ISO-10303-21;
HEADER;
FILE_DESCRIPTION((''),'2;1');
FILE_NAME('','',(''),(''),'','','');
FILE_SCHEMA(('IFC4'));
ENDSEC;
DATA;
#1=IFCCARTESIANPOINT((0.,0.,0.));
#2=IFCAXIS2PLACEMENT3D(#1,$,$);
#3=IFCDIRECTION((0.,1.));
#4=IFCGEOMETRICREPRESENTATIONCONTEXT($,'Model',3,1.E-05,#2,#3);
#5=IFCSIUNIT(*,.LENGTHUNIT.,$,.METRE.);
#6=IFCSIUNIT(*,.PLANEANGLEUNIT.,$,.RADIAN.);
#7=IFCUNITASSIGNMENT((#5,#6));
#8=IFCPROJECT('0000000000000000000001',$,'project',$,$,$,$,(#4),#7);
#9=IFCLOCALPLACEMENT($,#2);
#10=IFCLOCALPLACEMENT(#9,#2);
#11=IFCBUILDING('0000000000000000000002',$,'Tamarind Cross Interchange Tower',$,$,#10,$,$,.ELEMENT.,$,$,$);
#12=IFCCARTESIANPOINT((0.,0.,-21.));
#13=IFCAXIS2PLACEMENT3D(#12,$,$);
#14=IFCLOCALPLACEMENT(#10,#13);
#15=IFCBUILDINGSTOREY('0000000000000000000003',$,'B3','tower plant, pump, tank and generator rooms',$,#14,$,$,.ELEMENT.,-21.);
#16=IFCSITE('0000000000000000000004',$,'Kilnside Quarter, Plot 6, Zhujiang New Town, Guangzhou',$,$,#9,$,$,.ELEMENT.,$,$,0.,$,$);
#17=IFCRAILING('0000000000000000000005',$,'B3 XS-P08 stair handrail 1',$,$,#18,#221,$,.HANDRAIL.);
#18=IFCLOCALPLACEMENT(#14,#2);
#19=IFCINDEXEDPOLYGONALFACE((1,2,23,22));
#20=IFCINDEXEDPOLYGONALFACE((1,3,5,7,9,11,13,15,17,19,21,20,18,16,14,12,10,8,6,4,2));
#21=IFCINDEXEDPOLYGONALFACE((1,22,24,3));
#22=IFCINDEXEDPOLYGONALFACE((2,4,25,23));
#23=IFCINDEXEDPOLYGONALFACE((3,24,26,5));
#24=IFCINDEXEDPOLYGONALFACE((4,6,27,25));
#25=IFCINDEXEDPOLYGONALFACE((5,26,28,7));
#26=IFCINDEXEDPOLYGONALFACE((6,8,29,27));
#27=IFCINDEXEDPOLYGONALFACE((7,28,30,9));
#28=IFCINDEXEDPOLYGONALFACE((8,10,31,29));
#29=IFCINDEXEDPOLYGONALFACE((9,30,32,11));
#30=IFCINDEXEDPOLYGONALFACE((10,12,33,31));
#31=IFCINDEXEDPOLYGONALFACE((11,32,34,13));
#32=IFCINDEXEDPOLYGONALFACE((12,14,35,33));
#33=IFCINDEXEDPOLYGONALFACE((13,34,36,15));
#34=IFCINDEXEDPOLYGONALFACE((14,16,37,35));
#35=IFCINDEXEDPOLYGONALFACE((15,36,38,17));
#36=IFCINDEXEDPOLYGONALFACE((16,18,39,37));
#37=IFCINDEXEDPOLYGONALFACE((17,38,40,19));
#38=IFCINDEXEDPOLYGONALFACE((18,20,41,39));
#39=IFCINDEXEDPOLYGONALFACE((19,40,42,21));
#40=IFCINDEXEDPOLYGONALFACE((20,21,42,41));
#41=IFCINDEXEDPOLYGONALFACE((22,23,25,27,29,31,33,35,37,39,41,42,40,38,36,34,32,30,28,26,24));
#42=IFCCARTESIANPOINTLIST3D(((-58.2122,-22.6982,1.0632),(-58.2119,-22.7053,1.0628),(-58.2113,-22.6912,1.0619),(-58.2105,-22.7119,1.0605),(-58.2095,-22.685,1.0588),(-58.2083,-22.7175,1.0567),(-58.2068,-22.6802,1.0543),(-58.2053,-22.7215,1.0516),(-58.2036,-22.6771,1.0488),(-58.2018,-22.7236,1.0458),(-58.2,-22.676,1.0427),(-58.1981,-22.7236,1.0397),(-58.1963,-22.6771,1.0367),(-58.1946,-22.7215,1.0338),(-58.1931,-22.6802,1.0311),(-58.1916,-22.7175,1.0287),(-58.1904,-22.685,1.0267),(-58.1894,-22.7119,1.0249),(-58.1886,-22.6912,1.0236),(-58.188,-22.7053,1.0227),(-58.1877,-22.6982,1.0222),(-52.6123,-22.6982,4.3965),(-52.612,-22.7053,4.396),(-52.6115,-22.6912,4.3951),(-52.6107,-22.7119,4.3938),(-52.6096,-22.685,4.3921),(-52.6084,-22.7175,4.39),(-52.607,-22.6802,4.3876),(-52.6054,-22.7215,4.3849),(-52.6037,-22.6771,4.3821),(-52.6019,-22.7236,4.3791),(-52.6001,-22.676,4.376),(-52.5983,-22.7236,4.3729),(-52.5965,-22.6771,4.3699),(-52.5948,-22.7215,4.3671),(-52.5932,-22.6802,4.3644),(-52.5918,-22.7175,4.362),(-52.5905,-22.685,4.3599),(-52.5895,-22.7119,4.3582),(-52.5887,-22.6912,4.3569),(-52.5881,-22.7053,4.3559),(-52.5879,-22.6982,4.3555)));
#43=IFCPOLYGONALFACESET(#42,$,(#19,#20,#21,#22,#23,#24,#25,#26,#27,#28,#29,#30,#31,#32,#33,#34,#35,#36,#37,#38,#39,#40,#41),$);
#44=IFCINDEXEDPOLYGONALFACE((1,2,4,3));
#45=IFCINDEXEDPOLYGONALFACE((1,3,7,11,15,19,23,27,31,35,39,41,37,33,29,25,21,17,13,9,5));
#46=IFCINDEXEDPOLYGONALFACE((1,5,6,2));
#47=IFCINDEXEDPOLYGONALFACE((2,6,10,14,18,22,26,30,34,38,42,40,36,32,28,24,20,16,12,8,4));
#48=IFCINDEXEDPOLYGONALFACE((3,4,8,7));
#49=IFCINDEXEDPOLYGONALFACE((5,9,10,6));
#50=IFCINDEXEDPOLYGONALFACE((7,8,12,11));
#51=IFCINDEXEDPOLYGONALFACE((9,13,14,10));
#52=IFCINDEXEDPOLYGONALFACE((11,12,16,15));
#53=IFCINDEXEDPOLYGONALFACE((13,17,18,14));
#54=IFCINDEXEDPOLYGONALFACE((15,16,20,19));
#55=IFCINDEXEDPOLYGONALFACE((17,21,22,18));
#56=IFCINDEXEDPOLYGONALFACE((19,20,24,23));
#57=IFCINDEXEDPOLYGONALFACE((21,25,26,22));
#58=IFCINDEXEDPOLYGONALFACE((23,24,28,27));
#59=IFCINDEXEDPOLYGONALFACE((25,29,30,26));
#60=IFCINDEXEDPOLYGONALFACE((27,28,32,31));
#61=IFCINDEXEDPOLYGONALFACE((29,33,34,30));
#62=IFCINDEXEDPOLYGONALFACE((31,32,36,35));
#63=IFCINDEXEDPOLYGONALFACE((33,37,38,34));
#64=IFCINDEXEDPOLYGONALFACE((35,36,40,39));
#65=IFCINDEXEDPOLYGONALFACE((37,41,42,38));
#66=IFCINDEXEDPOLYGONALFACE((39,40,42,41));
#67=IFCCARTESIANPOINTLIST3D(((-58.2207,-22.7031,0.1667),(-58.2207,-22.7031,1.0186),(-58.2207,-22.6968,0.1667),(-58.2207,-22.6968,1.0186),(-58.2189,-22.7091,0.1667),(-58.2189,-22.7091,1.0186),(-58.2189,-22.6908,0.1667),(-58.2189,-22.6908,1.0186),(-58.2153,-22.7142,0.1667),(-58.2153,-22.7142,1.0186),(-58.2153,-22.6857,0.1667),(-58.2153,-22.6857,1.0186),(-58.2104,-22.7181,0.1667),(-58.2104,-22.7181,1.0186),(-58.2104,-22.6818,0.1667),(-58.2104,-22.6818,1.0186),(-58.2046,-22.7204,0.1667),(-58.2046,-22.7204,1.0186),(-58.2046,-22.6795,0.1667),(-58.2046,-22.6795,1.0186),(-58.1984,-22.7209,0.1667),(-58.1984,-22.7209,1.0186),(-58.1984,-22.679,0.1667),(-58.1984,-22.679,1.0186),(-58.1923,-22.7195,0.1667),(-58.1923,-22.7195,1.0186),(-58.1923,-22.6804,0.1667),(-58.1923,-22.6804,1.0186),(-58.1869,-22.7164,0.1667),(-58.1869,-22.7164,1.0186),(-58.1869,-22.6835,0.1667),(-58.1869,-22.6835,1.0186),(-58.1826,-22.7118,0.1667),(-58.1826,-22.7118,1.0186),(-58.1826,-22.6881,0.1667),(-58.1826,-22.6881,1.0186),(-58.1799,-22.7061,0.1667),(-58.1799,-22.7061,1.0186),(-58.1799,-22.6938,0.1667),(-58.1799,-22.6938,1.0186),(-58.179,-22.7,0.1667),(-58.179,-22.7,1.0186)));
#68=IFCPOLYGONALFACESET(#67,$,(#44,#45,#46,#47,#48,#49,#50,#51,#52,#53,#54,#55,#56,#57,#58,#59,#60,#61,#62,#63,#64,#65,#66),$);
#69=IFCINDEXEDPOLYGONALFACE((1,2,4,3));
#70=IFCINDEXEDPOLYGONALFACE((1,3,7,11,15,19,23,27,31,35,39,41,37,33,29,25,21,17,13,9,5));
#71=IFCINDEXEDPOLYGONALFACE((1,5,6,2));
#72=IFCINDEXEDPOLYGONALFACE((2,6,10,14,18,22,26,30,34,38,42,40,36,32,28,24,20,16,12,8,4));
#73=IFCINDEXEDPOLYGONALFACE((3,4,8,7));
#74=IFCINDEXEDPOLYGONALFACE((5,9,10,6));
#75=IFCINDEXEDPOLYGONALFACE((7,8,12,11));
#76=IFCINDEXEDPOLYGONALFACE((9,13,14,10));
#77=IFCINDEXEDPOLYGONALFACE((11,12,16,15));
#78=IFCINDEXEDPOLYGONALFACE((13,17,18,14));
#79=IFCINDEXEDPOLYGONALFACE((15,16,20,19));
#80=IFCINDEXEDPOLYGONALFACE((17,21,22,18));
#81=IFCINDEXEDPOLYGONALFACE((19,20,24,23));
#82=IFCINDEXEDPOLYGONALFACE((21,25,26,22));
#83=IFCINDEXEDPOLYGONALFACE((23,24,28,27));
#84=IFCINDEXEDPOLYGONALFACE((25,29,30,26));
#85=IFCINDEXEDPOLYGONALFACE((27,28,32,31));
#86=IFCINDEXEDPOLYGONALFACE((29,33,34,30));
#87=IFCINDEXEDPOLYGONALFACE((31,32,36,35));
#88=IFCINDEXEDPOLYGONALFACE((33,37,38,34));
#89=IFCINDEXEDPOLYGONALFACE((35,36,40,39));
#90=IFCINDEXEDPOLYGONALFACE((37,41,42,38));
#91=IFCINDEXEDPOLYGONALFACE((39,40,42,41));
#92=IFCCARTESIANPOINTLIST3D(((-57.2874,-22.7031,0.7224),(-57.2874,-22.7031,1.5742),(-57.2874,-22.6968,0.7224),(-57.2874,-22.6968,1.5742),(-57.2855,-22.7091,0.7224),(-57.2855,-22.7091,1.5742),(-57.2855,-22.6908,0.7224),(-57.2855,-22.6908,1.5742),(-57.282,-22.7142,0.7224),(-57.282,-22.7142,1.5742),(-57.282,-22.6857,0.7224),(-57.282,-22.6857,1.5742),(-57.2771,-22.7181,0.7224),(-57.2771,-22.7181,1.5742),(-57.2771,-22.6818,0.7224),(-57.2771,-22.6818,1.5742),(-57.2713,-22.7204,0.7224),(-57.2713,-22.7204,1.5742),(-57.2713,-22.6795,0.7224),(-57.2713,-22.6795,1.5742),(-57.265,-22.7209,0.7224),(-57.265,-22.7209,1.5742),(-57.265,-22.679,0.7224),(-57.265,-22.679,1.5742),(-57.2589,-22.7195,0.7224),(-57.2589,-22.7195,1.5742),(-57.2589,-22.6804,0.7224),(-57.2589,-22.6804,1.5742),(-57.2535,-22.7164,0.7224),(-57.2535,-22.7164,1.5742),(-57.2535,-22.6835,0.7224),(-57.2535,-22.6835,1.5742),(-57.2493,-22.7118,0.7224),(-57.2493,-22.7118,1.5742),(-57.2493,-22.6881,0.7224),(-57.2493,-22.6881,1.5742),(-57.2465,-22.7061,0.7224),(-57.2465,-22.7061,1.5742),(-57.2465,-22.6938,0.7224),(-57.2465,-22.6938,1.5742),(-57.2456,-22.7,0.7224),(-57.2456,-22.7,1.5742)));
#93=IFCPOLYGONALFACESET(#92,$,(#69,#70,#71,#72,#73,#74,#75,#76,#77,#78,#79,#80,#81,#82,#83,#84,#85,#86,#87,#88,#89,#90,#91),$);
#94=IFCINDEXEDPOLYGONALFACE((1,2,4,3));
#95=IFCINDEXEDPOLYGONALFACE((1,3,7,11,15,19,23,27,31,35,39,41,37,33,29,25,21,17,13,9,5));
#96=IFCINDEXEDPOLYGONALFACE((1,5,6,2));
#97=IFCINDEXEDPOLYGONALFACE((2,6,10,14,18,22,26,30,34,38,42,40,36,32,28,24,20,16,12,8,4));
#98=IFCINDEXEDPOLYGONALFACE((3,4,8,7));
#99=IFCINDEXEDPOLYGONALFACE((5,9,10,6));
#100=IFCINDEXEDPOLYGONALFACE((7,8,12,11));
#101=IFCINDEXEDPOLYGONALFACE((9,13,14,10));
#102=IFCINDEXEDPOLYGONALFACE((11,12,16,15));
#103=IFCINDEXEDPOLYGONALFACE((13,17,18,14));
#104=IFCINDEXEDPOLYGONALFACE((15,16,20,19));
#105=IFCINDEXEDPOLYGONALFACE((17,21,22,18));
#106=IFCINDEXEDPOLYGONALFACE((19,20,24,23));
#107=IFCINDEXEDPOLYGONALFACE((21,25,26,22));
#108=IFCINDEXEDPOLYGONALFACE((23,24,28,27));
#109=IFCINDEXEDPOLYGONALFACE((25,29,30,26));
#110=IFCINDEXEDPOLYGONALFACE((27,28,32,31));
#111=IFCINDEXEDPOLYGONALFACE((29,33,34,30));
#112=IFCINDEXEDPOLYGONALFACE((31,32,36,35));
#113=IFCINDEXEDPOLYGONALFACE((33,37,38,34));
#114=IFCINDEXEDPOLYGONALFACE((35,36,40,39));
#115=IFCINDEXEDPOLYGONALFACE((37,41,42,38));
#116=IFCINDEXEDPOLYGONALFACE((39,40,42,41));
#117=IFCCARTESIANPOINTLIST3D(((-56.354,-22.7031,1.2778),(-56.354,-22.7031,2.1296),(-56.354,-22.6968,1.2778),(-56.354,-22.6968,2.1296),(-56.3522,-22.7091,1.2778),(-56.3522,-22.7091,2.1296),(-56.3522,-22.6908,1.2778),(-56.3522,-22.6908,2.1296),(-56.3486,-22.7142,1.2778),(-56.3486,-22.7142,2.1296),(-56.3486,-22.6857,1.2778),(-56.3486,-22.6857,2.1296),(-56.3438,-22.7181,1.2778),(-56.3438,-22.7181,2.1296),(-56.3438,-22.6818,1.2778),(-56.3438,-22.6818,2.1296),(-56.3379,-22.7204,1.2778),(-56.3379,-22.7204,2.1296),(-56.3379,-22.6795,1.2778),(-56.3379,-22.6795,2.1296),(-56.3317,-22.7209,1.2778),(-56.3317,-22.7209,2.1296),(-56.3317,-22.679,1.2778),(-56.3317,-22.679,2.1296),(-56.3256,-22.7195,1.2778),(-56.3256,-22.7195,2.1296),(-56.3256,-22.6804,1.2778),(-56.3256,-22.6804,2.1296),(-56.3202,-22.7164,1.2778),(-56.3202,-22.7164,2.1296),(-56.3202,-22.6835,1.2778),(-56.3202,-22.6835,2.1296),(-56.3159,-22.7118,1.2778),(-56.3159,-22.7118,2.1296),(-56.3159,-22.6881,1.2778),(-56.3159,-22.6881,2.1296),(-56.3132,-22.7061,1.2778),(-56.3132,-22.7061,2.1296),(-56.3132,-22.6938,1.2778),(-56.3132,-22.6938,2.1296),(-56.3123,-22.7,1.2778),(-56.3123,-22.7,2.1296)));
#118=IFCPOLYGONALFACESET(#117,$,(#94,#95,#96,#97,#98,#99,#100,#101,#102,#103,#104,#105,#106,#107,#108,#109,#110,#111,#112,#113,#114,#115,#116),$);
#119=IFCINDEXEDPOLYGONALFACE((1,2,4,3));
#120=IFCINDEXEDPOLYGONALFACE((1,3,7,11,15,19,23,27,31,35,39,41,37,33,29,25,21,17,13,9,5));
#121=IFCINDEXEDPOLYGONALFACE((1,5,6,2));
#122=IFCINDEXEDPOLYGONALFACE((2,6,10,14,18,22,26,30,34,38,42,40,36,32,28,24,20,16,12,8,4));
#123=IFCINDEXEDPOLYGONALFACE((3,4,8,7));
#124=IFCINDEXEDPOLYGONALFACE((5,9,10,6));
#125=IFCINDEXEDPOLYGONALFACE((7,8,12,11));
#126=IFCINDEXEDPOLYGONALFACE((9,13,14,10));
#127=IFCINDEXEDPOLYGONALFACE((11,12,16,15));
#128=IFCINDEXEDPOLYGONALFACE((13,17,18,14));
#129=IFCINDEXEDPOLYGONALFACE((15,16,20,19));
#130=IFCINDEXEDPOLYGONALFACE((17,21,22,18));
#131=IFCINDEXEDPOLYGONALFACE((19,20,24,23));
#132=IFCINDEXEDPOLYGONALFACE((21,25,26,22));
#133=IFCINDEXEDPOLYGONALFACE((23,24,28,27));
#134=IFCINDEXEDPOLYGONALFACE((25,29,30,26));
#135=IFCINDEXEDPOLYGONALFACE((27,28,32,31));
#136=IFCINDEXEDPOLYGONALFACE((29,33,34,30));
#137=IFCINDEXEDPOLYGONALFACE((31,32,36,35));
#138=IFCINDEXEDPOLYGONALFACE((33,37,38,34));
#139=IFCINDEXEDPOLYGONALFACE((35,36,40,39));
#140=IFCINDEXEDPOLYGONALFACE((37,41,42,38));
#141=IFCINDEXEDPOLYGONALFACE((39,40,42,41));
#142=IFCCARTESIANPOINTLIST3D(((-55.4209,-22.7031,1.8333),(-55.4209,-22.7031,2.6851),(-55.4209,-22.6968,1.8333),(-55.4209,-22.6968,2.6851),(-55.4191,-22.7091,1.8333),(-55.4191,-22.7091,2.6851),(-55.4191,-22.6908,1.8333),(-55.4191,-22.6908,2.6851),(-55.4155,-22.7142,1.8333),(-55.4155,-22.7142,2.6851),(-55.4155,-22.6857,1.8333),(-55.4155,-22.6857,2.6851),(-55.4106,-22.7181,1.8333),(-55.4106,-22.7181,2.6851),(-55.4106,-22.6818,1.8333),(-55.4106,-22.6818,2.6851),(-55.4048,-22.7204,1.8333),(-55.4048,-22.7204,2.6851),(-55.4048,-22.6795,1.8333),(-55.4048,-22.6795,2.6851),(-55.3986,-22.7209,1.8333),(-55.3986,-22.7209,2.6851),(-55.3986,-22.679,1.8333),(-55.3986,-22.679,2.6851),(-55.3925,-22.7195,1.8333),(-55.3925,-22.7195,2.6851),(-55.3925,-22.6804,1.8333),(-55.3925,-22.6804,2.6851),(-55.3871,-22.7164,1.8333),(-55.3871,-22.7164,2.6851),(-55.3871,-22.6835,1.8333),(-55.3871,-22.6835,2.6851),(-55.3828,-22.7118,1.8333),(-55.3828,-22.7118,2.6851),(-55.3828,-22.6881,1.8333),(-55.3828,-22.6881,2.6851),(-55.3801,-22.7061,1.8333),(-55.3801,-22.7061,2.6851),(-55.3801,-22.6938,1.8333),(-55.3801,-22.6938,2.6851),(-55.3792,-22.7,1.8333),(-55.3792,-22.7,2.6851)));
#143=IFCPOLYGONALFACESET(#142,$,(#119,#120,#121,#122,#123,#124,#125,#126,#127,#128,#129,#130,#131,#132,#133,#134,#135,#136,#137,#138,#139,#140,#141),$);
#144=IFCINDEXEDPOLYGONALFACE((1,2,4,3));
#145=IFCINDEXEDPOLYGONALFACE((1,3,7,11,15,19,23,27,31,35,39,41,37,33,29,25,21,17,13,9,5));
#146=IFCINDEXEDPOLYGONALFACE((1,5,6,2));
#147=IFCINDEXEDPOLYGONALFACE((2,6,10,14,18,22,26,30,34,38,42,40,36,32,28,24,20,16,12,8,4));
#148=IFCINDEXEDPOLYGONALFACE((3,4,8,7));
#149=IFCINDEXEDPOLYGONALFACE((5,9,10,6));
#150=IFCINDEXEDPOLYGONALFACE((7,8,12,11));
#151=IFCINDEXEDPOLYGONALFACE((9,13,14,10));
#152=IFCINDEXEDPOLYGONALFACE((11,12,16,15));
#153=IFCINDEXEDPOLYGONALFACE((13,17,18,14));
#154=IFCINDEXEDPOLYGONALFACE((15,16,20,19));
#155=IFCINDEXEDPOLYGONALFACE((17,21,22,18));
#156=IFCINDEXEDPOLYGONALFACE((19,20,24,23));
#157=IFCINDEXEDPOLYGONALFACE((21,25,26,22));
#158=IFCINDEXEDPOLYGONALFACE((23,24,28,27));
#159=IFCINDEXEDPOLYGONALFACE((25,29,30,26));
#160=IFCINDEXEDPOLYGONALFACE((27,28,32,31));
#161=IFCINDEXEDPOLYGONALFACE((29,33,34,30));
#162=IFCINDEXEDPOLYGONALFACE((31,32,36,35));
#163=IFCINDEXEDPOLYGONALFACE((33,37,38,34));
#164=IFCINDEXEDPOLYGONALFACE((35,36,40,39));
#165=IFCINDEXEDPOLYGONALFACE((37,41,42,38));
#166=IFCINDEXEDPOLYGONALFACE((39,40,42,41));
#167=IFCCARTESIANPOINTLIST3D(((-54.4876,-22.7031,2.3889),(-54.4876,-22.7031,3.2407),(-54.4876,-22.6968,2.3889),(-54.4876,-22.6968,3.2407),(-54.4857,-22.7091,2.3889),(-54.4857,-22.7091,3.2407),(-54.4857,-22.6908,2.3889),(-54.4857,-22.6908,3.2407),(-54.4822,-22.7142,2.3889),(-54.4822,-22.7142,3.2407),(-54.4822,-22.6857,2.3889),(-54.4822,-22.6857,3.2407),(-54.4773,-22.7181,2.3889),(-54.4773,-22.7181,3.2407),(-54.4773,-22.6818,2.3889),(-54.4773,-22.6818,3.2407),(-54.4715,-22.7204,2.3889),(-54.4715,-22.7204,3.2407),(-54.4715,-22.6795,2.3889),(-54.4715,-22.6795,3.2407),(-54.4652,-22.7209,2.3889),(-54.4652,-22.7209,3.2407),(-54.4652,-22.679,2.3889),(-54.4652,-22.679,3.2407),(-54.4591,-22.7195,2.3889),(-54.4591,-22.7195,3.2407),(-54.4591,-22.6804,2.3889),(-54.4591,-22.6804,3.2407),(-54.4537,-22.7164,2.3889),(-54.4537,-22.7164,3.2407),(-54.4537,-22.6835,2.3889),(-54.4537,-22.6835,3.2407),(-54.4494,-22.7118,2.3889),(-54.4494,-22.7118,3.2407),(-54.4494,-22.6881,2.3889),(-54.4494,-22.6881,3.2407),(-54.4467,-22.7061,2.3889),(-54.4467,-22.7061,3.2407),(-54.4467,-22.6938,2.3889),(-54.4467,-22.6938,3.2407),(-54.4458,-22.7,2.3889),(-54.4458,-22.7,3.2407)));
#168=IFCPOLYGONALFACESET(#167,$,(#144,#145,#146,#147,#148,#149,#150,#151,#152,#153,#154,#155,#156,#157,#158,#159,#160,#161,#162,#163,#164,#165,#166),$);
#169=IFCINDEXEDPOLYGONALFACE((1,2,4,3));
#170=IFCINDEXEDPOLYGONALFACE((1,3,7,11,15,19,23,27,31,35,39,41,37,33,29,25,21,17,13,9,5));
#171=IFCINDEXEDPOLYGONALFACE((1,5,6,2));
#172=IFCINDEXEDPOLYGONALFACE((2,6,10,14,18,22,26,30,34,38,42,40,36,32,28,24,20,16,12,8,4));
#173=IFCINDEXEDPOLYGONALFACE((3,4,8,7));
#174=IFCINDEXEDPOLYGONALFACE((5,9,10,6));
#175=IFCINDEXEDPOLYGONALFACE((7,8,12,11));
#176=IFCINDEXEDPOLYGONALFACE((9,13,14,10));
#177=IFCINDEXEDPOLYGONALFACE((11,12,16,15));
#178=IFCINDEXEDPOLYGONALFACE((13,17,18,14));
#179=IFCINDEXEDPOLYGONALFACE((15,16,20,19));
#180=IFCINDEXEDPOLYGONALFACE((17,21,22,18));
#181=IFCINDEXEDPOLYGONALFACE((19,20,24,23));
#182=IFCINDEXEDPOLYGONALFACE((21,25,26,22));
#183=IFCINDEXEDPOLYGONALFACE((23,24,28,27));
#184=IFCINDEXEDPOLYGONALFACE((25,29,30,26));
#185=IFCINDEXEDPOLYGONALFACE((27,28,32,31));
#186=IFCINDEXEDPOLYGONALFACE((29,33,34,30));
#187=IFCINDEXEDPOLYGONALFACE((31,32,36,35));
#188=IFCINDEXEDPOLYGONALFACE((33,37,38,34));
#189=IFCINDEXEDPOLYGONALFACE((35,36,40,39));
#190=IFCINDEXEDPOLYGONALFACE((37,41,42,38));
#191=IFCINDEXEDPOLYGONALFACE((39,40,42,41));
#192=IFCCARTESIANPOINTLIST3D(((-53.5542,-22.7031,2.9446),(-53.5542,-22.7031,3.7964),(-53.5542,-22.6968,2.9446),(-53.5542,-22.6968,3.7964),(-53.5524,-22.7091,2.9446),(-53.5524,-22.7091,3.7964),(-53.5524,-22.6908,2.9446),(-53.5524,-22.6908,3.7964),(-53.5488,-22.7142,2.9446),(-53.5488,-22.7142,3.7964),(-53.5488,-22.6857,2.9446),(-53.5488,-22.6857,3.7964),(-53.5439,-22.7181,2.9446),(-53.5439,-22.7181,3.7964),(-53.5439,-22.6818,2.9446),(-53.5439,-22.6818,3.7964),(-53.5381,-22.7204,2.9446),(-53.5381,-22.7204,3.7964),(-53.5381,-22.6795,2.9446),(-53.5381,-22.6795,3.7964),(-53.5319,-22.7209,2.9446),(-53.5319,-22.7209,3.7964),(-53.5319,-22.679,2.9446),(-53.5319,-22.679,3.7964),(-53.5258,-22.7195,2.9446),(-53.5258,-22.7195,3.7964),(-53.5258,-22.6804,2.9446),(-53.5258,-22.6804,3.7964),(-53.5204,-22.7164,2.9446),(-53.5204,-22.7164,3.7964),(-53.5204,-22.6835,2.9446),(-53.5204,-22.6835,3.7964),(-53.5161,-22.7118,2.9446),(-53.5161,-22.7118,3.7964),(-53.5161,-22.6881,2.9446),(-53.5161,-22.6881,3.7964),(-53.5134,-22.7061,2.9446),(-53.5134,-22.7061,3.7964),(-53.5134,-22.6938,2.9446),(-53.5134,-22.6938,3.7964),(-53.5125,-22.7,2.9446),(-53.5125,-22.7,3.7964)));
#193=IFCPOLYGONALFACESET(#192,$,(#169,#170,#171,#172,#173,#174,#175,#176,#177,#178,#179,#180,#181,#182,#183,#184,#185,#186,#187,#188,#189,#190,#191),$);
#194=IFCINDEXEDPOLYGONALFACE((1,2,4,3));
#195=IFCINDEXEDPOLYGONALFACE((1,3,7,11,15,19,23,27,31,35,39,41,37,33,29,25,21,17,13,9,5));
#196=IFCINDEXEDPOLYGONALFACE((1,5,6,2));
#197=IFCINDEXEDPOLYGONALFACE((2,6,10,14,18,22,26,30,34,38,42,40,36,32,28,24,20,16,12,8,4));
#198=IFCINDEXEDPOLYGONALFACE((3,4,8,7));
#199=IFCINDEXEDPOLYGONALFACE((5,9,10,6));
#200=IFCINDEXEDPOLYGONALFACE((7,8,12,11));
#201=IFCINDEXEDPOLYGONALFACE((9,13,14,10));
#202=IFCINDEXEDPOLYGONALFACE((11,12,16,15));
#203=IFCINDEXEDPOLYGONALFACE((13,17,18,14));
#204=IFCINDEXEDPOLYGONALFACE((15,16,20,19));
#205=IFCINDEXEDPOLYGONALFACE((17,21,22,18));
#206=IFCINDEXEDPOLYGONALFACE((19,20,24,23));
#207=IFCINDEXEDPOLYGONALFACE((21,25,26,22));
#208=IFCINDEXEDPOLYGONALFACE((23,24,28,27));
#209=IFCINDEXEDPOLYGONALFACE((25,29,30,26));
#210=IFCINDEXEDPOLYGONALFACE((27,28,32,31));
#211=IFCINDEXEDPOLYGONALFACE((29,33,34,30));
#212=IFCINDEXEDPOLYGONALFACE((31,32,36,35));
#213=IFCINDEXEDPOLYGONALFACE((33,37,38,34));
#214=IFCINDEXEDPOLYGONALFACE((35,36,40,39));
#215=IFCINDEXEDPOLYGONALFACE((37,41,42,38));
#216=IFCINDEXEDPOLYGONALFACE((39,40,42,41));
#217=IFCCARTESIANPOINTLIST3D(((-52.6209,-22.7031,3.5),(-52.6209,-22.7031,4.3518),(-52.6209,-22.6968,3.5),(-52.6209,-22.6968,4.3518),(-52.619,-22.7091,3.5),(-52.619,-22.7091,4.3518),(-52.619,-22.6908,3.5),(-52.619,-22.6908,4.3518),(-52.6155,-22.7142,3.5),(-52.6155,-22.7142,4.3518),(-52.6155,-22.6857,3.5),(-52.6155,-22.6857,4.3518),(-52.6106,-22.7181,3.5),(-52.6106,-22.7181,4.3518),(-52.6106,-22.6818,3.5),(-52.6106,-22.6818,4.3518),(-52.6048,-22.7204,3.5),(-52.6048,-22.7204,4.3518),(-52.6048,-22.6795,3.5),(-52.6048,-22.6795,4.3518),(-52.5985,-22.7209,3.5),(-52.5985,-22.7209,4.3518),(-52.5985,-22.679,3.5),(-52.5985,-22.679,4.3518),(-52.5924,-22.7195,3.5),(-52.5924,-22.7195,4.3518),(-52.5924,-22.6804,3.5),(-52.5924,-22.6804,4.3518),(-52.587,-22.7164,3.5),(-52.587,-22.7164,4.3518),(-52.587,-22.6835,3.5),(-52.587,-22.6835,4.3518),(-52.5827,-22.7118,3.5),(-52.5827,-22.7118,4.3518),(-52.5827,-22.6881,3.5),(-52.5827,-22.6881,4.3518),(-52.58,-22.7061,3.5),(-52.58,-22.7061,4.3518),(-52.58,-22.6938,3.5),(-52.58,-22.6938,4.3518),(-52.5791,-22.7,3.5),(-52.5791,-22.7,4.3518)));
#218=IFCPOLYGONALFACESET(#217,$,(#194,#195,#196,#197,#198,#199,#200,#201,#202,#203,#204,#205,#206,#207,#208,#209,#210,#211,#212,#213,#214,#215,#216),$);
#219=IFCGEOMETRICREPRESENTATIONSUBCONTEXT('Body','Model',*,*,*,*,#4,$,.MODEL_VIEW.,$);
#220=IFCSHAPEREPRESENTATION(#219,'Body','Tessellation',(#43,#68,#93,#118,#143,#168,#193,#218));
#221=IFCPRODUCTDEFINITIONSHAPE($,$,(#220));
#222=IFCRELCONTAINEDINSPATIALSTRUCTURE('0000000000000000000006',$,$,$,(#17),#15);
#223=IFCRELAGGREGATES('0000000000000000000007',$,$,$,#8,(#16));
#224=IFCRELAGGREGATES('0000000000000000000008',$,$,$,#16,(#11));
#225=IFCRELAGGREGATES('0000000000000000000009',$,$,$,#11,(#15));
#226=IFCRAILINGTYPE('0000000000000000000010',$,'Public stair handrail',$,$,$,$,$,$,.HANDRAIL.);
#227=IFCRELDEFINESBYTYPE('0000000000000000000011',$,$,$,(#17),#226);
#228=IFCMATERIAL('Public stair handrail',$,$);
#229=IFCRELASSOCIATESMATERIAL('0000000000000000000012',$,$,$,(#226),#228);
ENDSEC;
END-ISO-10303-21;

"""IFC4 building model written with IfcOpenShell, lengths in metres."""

from ifc_helpers import new_model, si_unit, direction, frame, origin, origin_2d, place, context, subcontext, project, spatial, circle, extrude, material, type_object, element, save


model = new_model("IFC4")

# Units and contexts
model_context = context("Model", 3, precision=1e-05, world=origin(), true_north=direction((0.0, 1.0)))
body_context = subcontext(model_context, "Body", "Model", "MODEL_VIEW")
ifc_project = project(units=[si_unit("LENGTHUNIT", "METRE"), si_unit("PLANEANGLEUNIT", "RADIAN")], contexts=[model_context])

# Site, building, storey
site_placement = place(None, origin())
site = spatial("IfcSite", under=ifc_project, at=site_placement, Name="Kilnside Quarter, Plot 6, Zhujiang New Town, Guangzhou", CompositionType="ELEMENT", RefElevation=0.0)
building_placement = place(site_placement, origin())
building = spatial("IfcBuilding", under=site, at=building_placement, Name="Tamarind Cross Interchange Tower", CompositionType="ELEMENT")
storey_placement = place(building_placement, frame((0.0, 0.0, -21.0)))
storey = spatial("IfcBuildingStorey", under=building, at=storey_placement, Name="B3", Description="tower plant, pump, tank and generator rooms", CompositionType="ELEMENT", Elevation=-21.0)

# Railing
ifc_material_1 = material(Name="Public stair handrail")
railing_type_1 = type_object("IfcRailingType", Name="Public stair handrail", PredefinedType="HANDRAIL", material=ifc_material_1)
railing_1_placement = place(storey_placement, frame((-58.2, -22.7, 0.1667)))
element("IfcRailing", 1, at=railing_1_placement, inside=storey, type_object=railing_type_1, Name="B3 XS-P08 stair handrail 1", PredefinedType="HANDRAIL", context=body_context, shape_type="SweptSolid", body=[
    extrude(circle(Radius=0.0239, at=origin_2d()), frame((0.0, 0.0, 0.876), z_axis=(0.859292, 0.0, 0.511485), x_axis=(0.0, 1.0, 0.0)), (0.0, 0.0, 1.0), 6.5168),
    extrude(circle(Radius=0.021, at=origin_2d()), origin(), (0.0, 0.0, 1.0), 0.8518),
    extrude(circle(Radius=0.021, at=origin_2d()), frame((0.9333, 0.0, 0.5557)), (0.0, 0.0, 1.0), 0.8518),
    extrude(circle(Radius=0.021, at=origin_2d()), frame((1.8667, 0.0, 1.1111)), (0.0, 0.0, 1.0), 0.8518),
    extrude(circle(Radius=0.021, at=origin_2d()), frame((2.7998, 0.0, 1.6665)), (0.0, 0.0, 1.0), 0.8518),
    extrude(circle(Radius=0.021, at=origin_2d()), frame((3.7332, 0.0, 2.2222)), (0.0, 0.0, 1.0), 0.8518),
    extrude(circle(Radius=0.021, at=origin_2d()), frame((4.6665, 0.0, 2.7778)), (0.0, 0.0, 1.0), 0.8518),
    extrude(circle(Radius=0.021, at=origin_2d()), frame((5.5999, 0.0, 3.3333)), (0.0, 0.0, 1.0), 0.8518),
])

save(model, "model.ifc")
